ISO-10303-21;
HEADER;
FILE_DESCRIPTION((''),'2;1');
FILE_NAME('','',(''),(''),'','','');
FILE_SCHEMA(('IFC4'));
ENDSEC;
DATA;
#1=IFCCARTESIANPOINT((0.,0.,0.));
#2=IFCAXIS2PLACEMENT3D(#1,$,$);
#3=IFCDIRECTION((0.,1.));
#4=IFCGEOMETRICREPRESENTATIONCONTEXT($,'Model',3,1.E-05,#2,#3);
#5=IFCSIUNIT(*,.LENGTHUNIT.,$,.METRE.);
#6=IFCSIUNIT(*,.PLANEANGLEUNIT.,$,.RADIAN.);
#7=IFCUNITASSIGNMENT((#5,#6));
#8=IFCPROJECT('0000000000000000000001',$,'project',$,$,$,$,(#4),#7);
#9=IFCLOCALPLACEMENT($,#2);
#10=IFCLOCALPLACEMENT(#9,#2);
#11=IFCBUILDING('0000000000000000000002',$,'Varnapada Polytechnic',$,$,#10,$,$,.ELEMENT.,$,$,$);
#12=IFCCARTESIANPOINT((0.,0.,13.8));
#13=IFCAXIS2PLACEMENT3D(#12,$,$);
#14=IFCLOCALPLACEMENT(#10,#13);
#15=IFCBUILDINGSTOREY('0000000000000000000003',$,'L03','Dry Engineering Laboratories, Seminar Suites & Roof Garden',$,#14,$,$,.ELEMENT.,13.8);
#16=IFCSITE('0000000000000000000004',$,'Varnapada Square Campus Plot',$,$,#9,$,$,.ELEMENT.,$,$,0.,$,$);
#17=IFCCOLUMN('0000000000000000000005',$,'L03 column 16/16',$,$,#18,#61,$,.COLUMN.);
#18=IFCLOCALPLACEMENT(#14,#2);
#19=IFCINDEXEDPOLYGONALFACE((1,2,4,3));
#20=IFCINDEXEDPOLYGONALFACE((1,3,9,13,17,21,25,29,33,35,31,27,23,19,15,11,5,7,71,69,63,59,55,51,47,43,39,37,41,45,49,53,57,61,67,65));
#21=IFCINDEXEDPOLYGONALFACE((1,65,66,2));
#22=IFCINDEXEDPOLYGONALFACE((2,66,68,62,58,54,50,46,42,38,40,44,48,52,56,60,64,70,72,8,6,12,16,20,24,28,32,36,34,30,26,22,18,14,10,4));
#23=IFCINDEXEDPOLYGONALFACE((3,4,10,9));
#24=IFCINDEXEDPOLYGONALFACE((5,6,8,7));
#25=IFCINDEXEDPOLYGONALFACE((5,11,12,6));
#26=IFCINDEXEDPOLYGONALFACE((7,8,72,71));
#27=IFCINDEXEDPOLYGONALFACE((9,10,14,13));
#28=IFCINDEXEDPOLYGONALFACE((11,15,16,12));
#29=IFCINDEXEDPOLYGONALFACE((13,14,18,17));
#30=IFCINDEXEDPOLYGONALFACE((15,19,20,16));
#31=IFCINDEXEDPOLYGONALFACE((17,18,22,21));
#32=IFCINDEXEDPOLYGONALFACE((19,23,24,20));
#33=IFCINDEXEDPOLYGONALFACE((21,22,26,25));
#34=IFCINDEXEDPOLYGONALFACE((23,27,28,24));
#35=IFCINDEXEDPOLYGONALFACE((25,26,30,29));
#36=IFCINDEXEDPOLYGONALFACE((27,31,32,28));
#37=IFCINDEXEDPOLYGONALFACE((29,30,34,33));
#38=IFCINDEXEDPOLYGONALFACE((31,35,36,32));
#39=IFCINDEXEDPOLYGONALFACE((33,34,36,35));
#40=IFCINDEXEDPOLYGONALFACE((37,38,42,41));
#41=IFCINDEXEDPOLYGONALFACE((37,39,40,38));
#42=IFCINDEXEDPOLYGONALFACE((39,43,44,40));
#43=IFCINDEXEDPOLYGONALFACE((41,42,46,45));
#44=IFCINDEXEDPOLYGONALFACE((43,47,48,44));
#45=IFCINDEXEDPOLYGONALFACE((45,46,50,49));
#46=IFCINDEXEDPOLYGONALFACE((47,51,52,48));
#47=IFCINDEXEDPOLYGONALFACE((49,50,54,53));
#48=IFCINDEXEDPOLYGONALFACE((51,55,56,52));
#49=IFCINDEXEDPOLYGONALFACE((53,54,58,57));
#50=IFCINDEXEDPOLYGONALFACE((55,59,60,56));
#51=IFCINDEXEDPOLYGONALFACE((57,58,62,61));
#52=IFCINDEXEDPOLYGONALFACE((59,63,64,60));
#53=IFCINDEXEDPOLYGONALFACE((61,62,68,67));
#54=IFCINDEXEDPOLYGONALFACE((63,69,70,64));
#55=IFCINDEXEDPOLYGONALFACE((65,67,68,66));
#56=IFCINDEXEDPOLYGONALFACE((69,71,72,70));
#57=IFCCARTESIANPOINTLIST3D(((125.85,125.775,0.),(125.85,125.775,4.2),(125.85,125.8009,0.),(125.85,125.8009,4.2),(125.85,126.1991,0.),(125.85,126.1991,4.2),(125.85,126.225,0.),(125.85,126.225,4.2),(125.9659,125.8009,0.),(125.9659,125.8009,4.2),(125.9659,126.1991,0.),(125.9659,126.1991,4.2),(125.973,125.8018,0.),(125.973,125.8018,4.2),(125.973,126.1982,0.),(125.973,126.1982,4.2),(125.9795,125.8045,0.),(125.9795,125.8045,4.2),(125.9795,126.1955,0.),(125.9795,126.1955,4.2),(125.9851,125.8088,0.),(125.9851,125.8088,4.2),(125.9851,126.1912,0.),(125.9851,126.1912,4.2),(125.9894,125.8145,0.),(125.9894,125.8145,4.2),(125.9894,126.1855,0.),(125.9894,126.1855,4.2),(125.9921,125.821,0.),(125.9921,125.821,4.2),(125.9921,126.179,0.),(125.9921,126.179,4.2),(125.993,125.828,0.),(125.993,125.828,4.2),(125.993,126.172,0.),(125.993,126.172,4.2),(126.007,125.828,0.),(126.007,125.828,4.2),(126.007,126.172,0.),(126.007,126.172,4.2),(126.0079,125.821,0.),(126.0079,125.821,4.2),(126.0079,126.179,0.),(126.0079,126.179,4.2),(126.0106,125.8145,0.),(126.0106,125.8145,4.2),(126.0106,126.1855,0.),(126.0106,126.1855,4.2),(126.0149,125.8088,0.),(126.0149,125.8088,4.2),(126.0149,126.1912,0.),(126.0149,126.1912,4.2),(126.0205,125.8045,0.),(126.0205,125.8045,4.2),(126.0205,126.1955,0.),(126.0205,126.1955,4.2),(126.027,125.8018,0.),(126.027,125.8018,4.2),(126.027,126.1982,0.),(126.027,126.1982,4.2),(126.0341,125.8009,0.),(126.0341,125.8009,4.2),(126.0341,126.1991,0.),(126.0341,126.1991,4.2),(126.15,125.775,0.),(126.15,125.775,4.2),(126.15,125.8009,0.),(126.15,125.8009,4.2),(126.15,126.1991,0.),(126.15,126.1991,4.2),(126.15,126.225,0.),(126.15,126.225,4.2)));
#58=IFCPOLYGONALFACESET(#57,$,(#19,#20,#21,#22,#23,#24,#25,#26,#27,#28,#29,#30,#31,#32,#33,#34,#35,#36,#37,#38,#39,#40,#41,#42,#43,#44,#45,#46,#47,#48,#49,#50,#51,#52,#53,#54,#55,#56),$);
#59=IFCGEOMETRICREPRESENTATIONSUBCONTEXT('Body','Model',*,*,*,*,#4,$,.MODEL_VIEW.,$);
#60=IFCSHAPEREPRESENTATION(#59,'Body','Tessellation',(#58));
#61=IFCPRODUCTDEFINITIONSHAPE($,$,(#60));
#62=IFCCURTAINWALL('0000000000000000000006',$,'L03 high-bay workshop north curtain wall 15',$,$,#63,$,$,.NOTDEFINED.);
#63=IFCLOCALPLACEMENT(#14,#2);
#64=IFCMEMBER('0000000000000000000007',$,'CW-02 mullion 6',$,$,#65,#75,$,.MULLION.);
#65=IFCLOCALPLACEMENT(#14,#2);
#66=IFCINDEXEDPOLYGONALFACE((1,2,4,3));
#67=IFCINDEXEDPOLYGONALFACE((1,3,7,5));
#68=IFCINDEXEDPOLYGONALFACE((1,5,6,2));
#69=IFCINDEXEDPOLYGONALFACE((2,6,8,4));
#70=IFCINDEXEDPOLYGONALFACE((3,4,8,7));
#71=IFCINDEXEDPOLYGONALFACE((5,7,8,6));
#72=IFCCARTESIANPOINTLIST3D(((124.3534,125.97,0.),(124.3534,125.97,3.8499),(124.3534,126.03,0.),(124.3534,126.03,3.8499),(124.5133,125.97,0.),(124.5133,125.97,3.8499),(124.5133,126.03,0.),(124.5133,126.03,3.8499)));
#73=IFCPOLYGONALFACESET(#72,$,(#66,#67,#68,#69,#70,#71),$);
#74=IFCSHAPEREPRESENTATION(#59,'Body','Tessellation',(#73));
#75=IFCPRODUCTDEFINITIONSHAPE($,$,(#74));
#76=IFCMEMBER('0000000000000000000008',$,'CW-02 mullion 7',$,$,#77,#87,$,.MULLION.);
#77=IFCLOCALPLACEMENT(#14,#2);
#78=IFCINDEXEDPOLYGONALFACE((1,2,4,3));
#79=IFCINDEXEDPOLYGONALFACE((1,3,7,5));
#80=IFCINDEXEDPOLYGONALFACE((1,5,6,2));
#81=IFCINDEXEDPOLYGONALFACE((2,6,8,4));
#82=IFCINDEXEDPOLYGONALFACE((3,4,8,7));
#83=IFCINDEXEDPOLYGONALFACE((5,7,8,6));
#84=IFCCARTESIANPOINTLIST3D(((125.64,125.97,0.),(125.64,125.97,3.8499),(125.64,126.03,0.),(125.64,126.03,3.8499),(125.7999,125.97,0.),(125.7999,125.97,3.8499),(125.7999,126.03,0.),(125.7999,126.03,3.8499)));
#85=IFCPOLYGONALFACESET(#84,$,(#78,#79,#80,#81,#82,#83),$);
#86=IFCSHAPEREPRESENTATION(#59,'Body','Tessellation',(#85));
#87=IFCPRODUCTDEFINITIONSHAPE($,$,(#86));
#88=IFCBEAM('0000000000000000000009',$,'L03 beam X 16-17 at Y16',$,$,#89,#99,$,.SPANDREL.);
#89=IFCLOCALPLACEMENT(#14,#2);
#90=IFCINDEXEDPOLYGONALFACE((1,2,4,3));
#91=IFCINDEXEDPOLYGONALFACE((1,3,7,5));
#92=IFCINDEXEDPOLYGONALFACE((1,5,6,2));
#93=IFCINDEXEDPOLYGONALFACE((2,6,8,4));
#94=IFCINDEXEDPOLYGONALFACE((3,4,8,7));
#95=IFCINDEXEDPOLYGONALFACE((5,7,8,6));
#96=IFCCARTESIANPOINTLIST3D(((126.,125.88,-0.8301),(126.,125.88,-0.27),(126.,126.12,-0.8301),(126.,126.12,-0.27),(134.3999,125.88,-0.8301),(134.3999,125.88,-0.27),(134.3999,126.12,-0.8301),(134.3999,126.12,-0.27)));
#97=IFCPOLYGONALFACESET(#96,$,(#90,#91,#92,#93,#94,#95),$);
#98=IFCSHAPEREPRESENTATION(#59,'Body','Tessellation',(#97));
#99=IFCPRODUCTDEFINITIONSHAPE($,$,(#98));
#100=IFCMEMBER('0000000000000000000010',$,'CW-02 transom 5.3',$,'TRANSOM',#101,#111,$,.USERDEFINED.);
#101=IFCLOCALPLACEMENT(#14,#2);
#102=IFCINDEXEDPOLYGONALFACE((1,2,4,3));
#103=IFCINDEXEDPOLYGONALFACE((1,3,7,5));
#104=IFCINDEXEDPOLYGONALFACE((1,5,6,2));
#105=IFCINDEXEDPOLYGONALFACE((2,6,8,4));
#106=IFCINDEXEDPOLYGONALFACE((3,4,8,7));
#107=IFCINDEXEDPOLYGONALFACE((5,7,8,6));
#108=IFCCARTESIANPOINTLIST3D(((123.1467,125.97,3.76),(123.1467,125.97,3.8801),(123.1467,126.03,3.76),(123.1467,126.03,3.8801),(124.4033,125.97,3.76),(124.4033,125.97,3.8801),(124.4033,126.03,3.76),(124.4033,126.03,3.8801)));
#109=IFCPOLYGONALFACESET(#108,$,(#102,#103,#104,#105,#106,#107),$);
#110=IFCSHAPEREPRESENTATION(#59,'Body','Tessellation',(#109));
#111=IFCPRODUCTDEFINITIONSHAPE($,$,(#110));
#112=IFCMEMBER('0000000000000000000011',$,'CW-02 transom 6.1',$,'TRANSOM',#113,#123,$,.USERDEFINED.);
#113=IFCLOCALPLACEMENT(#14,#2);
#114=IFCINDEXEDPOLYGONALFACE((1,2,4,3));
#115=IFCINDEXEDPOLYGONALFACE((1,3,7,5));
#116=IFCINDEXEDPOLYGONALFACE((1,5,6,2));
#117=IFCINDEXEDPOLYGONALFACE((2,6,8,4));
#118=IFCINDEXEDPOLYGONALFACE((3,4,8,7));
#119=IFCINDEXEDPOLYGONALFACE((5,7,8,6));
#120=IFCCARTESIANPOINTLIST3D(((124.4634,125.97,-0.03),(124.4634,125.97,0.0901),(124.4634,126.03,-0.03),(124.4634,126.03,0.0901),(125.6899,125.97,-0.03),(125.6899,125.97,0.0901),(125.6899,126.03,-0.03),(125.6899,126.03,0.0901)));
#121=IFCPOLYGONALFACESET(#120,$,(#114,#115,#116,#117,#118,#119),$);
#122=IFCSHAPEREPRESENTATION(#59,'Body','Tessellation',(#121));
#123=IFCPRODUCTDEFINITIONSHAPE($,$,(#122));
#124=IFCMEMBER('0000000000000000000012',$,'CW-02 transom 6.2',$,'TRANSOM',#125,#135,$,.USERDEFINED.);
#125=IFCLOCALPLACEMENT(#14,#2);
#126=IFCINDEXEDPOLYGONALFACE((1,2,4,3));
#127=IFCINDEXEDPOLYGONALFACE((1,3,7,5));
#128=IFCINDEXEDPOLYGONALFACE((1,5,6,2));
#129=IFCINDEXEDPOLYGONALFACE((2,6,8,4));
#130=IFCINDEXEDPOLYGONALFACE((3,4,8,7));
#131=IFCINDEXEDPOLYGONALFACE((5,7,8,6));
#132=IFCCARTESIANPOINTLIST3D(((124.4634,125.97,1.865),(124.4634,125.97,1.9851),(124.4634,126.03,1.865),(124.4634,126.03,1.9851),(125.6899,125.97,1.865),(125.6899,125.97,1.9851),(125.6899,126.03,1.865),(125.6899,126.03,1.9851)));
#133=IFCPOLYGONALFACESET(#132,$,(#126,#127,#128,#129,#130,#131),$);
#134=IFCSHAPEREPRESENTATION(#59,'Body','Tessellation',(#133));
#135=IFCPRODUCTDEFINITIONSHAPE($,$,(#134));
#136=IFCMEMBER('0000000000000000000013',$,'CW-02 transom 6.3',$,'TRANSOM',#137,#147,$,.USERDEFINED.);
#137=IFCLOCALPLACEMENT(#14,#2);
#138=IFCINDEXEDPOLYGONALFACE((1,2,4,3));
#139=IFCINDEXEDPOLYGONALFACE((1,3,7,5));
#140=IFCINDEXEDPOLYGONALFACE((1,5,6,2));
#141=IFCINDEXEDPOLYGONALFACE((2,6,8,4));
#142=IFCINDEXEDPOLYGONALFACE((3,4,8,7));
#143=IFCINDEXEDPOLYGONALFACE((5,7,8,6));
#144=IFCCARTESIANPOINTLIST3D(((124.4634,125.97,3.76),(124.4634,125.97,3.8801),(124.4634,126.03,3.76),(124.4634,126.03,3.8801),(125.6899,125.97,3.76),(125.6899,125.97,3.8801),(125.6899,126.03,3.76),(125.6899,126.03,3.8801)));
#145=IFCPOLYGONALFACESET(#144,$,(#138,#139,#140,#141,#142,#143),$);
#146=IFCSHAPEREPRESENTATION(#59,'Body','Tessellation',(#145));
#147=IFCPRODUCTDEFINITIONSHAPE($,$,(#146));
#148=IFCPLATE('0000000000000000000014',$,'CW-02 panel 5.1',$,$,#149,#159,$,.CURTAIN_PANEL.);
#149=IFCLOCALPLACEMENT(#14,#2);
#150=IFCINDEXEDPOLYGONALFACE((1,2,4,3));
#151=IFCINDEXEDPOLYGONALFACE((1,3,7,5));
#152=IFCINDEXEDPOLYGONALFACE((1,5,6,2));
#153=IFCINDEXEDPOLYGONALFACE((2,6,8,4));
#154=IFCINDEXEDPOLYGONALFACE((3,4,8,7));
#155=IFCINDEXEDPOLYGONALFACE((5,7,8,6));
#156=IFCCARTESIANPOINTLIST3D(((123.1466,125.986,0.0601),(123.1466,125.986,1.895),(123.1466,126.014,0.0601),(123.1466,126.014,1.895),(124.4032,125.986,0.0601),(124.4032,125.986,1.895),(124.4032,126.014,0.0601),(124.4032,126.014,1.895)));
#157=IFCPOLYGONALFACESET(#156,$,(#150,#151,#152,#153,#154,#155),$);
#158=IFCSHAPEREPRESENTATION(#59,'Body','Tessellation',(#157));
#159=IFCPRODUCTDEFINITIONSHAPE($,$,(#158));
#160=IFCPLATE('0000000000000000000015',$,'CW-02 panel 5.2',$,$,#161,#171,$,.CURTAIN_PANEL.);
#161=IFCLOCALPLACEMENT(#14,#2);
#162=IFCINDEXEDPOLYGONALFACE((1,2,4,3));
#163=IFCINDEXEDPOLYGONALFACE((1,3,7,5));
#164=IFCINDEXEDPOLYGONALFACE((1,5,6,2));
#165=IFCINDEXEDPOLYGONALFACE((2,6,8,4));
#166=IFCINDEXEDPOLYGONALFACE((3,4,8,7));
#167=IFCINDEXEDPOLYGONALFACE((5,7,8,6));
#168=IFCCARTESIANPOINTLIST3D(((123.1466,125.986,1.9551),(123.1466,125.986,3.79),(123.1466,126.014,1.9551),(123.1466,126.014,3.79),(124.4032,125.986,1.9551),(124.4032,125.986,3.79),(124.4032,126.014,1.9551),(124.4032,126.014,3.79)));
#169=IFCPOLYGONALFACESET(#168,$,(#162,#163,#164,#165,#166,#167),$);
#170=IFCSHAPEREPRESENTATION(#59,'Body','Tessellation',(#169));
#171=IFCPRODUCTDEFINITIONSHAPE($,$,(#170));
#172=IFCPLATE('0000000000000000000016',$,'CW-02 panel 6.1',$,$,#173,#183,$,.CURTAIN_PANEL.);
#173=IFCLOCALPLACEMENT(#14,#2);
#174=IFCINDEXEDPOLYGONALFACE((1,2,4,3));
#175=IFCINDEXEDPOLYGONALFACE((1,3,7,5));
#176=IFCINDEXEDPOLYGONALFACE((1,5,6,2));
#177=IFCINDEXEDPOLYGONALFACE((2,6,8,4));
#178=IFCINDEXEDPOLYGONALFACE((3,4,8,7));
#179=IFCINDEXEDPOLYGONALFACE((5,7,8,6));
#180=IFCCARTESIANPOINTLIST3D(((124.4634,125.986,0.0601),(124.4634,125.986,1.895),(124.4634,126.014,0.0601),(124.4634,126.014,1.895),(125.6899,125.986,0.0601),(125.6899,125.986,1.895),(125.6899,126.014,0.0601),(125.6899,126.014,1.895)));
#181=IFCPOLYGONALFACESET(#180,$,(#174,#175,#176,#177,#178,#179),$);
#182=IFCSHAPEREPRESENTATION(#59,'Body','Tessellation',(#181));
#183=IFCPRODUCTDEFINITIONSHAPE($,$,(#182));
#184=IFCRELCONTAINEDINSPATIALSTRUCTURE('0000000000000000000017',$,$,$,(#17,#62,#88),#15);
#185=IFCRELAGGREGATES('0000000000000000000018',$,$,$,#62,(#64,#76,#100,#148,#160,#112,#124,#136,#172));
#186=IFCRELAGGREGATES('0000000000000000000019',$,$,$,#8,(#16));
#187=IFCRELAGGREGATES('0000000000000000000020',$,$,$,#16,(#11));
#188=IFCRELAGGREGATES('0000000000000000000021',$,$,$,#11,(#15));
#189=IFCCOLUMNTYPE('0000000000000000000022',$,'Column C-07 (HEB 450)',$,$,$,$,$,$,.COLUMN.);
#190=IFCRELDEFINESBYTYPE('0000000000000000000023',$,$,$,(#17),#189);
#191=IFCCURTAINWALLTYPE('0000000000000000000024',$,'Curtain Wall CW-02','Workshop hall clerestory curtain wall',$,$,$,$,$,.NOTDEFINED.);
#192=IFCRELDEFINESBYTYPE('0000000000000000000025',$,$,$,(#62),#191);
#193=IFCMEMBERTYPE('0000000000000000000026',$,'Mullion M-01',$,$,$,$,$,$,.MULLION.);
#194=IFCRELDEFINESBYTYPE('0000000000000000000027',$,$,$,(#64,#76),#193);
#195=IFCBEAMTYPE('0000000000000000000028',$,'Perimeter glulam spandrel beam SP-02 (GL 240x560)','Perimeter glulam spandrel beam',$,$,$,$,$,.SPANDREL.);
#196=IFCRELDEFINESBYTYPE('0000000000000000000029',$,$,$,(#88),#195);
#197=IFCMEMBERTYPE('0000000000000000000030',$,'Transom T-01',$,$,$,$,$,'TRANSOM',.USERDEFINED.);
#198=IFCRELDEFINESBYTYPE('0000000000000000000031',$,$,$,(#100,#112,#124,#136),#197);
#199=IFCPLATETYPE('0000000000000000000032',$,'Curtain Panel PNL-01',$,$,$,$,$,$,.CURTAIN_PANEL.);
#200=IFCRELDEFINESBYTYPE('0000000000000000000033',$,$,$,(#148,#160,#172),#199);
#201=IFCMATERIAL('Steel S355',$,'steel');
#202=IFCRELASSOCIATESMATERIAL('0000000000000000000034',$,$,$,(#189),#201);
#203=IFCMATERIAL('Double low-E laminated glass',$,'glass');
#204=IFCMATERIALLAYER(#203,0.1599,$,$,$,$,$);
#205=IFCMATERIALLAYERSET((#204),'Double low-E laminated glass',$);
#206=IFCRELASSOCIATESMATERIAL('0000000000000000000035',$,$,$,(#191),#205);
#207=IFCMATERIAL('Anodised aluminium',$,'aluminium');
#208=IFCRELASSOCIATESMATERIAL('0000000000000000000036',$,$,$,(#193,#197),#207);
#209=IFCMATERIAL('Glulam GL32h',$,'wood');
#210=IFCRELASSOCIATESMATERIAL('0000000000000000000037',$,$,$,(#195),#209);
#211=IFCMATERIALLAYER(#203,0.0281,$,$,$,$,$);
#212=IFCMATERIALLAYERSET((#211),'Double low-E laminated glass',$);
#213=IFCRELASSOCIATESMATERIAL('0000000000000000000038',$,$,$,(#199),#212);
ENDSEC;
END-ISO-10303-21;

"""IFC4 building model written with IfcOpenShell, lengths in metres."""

from ifc_helpers import new_model, si_unit, direction, frame, origin, origin_2d, place, context, subcontext, project, spatial, rectangle, i_section, extrude, material, layer, layer_set, material_profile, profile_set, type_object, element, aggregate, save


model = new_model("IFC4")

# Units and contexts
model_context = context("Model", 3, precision=1e-05, world=origin(), true_north=direction((0.0, 1.0)))
body_context = subcontext(model_context, "Body", "Model", "MODEL_VIEW")
ifc_project = project(units=[si_unit("LENGTHUNIT", "METRE"), si_unit("PLANEANGLEUNIT", "RADIAN")], contexts=[model_context])

# Site, building, storey
site_placement = place(None, origin())
site = spatial("IfcSite", under=ifc_project, at=site_placement, Name="Varnapada Square Campus Plot", CompositionType="ELEMENT", RefElevation=0.0)
building_placement = place(site_placement, origin())
building = spatial("IfcBuilding", under=site, at=building_placement, Name="Varnapada Polytechnic", CompositionType="ELEMENT")
storey_placement = place(building_placement, frame((0.0, 0.0, 13.8)))
storey = spatial("IfcBuildingStorey", under=building, at=storey_placement, Name="L03", Description="Dry Engineering Laboratories, Seminar Suites & Roof Garden", CompositionType="ELEMENT", Elevation=13.8)

# Column
ifc_material_1 = material(Name="Steel S355", Category="steel")
ifc_material_profile_1 = material_profile(ifc_material_1, i_section(OverallWidth=0.3, OverallDepth=0.45, WebThickness=0.0139, FlangeThickness=0.0259, FilletRadius=0.0271, at=origin_2d()), Name="HEB 450")
ifc_profile_set_1 = profile_set([ifc_material_profile_1], Name="Steel S355")
column_type = type_object("IfcColumnType", Name="Column C-07 (HEB 450)", PredefinedType="COLUMN", material=ifc_profile_set_1)
column_placement = place(storey_placement, frame((126.0, 126.0, 0.0), z_axis=(0.0, 0.0, 1.0), x_axis=(1.0, 0.0, 0.0)))
element("IfcColumn", 1, at=column_placement, inside=storey, type_object=column_type, Name="L03 column 16/16", PredefinedType="COLUMN", context=body_context, shape_type="SweptSolid", body=[
    extrude(i_section(OverallWidth=0.3, OverallDepth=0.45, WebThickness=0.0139, FlangeThickness=0.0259, FilletRadius=0.0271, at=origin_2d()), origin(), (0.0, 0.0, 1.0), 4.2),
])

# Curtain wall, members
ifc_material_2 = material(Name="Double low-E laminated glass", Category="glass")
ifc_layer_1 = layer(ifc_material_2, 0.1599)
ifc_layer_set_1 = layer_set([ifc_layer_1], Name="Double low-E laminated glass")
curtain_wall_type = type_object("IfcCurtainWallType", Name="Curtain Wall CW-02", Description="Workshop hall clerestory curtain wall", PredefinedType="NOTDEFINED", material=ifc_layer_set_1)
curtain_wall_placement = place(storey_placement, origin())
curtain_wall = element("IfcCurtainWall", 2, at=curtain_wall_placement, inside=storey, type_object=curtain_wall_type, Name="L03 high-bay workshop north curtain wall 15", PredefinedType="NOTDEFINED")
ifc_material_3 = material(Name="Anodised aluminium", Category="aluminium")
ifc_material_profile_2 = material_profile(ifc_material_3, rectangle(XDim=0.0601, YDim=0.1599, at=origin_2d()), Name="ALU M60x160")
ifc_profile_set_2 = profile_set([ifc_material_profile_2], Name="Anodised aluminium")
member_type_1 = type_object("IfcMemberType", Name="Mullion M-01", PredefinedType="MULLION", material=ifc_profile_set_2)
member_1_placement = place(storey_placement, frame((124.4333, 126.0, 0.0), z_axis=(0.0, 0.0, 1.0), x_axis=(0.0, 1.0, 0.0)))
member_1 = element("IfcMember", 3, at=member_1_placement, type_object=member_type_1, Name="CW-02 mullion 6", PredefinedType="MULLION", context=body_context, shape_type="SweptSolid", body=[
    extrude(rectangle(XDim=0.0601, YDim=0.1599, at=origin_2d()), origin(), (0.0, 0.0, 1.0), 3.8499),
])
member_2_placement = place(storey_placement, frame((125.72, 126.0, 0.0), z_axis=(0.0, 0.0, 1.0), x_axis=(0.0, 1.0, 0.0)))
member_2 = element("IfcMember", 4, at=member_2_placement, type_object=member_type_1, Name="CW-02 mullion 7", PredefinedType="MULLION", context=body_context, shape_type="SweptSolid", body=[
    extrude(rectangle(XDim=0.0601, YDim=0.1599, at=origin_2d()), origin(), (0.0, 0.0, 1.0), 3.8499),
])

# Beam
ifc_material_4 = material(Name="Glulam GL32h", Category="wood")
ifc_material_profile_3 = material_profile(ifc_material_4, rectangle(XDim=0.24, YDim=0.5601, at=origin_2d()), Name="GL 240x560")
ifc_profile_set_3 = profile_set([ifc_material_profile_3], Name="Glulam GL32h")
beam_type = type_object("IfcBeamType", Name="Perimeter glulam spandrel beam SP-02 (GL 240x560)", Description="Perimeter glulam spandrel beam", PredefinedType="SPANDREL", material=ifc_profile_set_3)
beam_placement = place(storey_placement, frame((126.0, 126.0, -0.55), z_axis=(1.0, 0.0, 0.0), x_axis=(0.0, 1.0, 0.0)))
element("IfcBeam", 5, at=beam_placement, inside=storey, type_object=beam_type, Name="L03 beam X 16-17 at Y16", PredefinedType="SPANDREL", context=body_context, shape_type="SweptSolid", body=[
    extrude(rectangle(XDim=0.24, YDim=0.5601, at=origin_2d()), origin(), (0.0, 0.0, 1.0), 8.3999),
])

# Members
ifc_material_profile_4 = material_profile(ifc_material_3, rectangle(XDim=0.0601, YDim=0.1201, at=origin_2d()), Name="ALU T60x120")
ifc_profile_set_4 = profile_set([ifc_material_profile_4], Name="Anodised aluminium")
member_type_2 = type_object("IfcMemberType", Name="Transom T-01", ElementType="TRANSOM", PredefinedType="USERDEFINED", material=ifc_profile_set_4)
member_3_placement = place(storey_placement, frame((123.1467, 126.0, 3.8201), z_axis=(1.0, 0.0, 0.0), x_axis=(0.0, 1.0, 0.0)))
member_3 = element("IfcMember", 6, at=member_3_placement, type_object=member_type_2, Name="CW-02 transom 5.3", ObjectType="TRANSOM", PredefinedType="USERDEFINED", context=body_context, shape_type="SweptSolid", body=[
    extrude(rectangle(XDim=0.0601, YDim=0.1201, at=origin_2d()), origin(), (0.0, 0.0, 1.0), 1.2566),
])
member_4_placement = place(storey_placement, frame((124.4634, 126.0, 0.03), z_axis=(1.0, 0.0, 0.0), x_axis=(0.0, 1.0, 0.0)))
member_4 = element("IfcMember", 7, at=member_4_placement, type_object=member_type_2, Name="CW-02 transom 6.1", ObjectType="TRANSOM", PredefinedType="USERDEFINED", context=body_context, shape_type="SweptSolid", body=[
    extrude(rectangle(XDim=0.0601, YDim=0.1201, at=origin_2d()), origin(), (0.0, 0.0, 1.0), 1.2266),
])
member_5_placement = place(storey_placement, frame((124.4634, 126.0, 1.925), z_axis=(1.0, 0.0, 0.0), x_axis=(0.0, 1.0, 0.0)))
member_5 = element("IfcMember", 8, at=member_5_placement, type_object=member_type_2, Name="CW-02 transom 6.2", ObjectType="TRANSOM", PredefinedType="USERDEFINED", context=body_context, shape_type="SweptSolid", body=[
    extrude(rectangle(XDim=0.0601, YDim=0.1201, at=origin_2d()), origin(), (0.0, 0.0, 1.0), 1.2266),
])
member_6_placement = place(storey_placement, frame((124.4634, 126.0, 3.8201), z_axis=(1.0, 0.0, 0.0), x_axis=(0.0, 1.0, 0.0)))
member_6 = element("IfcMember", 9, at=member_6_placement, type_object=member_type_2, Name="CW-02 transom 6.3", ObjectType="TRANSOM", PredefinedType="USERDEFINED", context=body_context, shape_type="SweptSolid", body=[
    extrude(rectangle(XDim=0.0601, YDim=0.1201, at=origin_2d()), origin(), (0.0, 0.0, 1.0), 1.2266),
])

# Plates
ifc_layer_2 = layer(ifc_material_2, 0.0281)
ifc_layer_set_2 = layer_set([ifc_layer_2], Name="Double low-E laminated glass")
plate_type = type_object("IfcPlateType", Name="Curtain Panel PNL-01", PredefinedType="CURTAIN_PANEL", material=ifc_layer_set_2)
plate_1_placement = place(storey_placement, frame((123.7749, 126.0, 0.0601), z_axis=(0.0, 0.0, 1.0), x_axis=(1.0, 0.0, 0.0)))
plate_1 = element("IfcPlate", 10, at=plate_1_placement, type_object=plate_type, Name="CW-02 panel 5.1", PredefinedType="CURTAIN_PANEL", context=body_context, shape_type="SweptSolid", body=[
    extrude(rectangle(XDim=1.2566, YDim=0.0281, at=origin_2d()), origin(), (0.0, 0.0, 1.0), 1.835),
])
plate_2_placement = place(storey_placement, frame((123.7749, 126.0, 1.9551), z_axis=(0.0, 0.0, 1.0), x_axis=(1.0, 0.0, 0.0)))
plate_2 = element("IfcPlate", 11, at=plate_2_placement, type_object=plate_type, Name="CW-02 panel 5.2", PredefinedType="CURTAIN_PANEL", context=body_context, shape_type="SweptSolid", body=[
    extrude(rectangle(XDim=1.2566, YDim=0.0281, at=origin_2d()), origin(), (0.0, 0.0, 1.0), 1.835),
])
plate_3_placement = place(storey_placement, frame((125.0767, 126.0, 0.0601), z_axis=(0.0, 0.0, 1.0), x_axis=(1.0, 0.0, 0.0)))
plate_3 = element("IfcPlate", 12, at=plate_3_placement, type_object=plate_type, Name="CW-02 panel 6.1", PredefinedType="CURTAIN_PANEL", context=body_context, shape_type="SweptSolid", body=[
    extrude(rectangle(XDim=1.2266, YDim=0.0281, at=origin_2d()), origin(), (0.0, 0.0, 1.0), 1.835),
])
aggregate(curtain_wall, [member_1, member_2, member_3, plate_1, plate_2, member_4, member_5, member_6, plate_3])

save(model, "model.ifc")
